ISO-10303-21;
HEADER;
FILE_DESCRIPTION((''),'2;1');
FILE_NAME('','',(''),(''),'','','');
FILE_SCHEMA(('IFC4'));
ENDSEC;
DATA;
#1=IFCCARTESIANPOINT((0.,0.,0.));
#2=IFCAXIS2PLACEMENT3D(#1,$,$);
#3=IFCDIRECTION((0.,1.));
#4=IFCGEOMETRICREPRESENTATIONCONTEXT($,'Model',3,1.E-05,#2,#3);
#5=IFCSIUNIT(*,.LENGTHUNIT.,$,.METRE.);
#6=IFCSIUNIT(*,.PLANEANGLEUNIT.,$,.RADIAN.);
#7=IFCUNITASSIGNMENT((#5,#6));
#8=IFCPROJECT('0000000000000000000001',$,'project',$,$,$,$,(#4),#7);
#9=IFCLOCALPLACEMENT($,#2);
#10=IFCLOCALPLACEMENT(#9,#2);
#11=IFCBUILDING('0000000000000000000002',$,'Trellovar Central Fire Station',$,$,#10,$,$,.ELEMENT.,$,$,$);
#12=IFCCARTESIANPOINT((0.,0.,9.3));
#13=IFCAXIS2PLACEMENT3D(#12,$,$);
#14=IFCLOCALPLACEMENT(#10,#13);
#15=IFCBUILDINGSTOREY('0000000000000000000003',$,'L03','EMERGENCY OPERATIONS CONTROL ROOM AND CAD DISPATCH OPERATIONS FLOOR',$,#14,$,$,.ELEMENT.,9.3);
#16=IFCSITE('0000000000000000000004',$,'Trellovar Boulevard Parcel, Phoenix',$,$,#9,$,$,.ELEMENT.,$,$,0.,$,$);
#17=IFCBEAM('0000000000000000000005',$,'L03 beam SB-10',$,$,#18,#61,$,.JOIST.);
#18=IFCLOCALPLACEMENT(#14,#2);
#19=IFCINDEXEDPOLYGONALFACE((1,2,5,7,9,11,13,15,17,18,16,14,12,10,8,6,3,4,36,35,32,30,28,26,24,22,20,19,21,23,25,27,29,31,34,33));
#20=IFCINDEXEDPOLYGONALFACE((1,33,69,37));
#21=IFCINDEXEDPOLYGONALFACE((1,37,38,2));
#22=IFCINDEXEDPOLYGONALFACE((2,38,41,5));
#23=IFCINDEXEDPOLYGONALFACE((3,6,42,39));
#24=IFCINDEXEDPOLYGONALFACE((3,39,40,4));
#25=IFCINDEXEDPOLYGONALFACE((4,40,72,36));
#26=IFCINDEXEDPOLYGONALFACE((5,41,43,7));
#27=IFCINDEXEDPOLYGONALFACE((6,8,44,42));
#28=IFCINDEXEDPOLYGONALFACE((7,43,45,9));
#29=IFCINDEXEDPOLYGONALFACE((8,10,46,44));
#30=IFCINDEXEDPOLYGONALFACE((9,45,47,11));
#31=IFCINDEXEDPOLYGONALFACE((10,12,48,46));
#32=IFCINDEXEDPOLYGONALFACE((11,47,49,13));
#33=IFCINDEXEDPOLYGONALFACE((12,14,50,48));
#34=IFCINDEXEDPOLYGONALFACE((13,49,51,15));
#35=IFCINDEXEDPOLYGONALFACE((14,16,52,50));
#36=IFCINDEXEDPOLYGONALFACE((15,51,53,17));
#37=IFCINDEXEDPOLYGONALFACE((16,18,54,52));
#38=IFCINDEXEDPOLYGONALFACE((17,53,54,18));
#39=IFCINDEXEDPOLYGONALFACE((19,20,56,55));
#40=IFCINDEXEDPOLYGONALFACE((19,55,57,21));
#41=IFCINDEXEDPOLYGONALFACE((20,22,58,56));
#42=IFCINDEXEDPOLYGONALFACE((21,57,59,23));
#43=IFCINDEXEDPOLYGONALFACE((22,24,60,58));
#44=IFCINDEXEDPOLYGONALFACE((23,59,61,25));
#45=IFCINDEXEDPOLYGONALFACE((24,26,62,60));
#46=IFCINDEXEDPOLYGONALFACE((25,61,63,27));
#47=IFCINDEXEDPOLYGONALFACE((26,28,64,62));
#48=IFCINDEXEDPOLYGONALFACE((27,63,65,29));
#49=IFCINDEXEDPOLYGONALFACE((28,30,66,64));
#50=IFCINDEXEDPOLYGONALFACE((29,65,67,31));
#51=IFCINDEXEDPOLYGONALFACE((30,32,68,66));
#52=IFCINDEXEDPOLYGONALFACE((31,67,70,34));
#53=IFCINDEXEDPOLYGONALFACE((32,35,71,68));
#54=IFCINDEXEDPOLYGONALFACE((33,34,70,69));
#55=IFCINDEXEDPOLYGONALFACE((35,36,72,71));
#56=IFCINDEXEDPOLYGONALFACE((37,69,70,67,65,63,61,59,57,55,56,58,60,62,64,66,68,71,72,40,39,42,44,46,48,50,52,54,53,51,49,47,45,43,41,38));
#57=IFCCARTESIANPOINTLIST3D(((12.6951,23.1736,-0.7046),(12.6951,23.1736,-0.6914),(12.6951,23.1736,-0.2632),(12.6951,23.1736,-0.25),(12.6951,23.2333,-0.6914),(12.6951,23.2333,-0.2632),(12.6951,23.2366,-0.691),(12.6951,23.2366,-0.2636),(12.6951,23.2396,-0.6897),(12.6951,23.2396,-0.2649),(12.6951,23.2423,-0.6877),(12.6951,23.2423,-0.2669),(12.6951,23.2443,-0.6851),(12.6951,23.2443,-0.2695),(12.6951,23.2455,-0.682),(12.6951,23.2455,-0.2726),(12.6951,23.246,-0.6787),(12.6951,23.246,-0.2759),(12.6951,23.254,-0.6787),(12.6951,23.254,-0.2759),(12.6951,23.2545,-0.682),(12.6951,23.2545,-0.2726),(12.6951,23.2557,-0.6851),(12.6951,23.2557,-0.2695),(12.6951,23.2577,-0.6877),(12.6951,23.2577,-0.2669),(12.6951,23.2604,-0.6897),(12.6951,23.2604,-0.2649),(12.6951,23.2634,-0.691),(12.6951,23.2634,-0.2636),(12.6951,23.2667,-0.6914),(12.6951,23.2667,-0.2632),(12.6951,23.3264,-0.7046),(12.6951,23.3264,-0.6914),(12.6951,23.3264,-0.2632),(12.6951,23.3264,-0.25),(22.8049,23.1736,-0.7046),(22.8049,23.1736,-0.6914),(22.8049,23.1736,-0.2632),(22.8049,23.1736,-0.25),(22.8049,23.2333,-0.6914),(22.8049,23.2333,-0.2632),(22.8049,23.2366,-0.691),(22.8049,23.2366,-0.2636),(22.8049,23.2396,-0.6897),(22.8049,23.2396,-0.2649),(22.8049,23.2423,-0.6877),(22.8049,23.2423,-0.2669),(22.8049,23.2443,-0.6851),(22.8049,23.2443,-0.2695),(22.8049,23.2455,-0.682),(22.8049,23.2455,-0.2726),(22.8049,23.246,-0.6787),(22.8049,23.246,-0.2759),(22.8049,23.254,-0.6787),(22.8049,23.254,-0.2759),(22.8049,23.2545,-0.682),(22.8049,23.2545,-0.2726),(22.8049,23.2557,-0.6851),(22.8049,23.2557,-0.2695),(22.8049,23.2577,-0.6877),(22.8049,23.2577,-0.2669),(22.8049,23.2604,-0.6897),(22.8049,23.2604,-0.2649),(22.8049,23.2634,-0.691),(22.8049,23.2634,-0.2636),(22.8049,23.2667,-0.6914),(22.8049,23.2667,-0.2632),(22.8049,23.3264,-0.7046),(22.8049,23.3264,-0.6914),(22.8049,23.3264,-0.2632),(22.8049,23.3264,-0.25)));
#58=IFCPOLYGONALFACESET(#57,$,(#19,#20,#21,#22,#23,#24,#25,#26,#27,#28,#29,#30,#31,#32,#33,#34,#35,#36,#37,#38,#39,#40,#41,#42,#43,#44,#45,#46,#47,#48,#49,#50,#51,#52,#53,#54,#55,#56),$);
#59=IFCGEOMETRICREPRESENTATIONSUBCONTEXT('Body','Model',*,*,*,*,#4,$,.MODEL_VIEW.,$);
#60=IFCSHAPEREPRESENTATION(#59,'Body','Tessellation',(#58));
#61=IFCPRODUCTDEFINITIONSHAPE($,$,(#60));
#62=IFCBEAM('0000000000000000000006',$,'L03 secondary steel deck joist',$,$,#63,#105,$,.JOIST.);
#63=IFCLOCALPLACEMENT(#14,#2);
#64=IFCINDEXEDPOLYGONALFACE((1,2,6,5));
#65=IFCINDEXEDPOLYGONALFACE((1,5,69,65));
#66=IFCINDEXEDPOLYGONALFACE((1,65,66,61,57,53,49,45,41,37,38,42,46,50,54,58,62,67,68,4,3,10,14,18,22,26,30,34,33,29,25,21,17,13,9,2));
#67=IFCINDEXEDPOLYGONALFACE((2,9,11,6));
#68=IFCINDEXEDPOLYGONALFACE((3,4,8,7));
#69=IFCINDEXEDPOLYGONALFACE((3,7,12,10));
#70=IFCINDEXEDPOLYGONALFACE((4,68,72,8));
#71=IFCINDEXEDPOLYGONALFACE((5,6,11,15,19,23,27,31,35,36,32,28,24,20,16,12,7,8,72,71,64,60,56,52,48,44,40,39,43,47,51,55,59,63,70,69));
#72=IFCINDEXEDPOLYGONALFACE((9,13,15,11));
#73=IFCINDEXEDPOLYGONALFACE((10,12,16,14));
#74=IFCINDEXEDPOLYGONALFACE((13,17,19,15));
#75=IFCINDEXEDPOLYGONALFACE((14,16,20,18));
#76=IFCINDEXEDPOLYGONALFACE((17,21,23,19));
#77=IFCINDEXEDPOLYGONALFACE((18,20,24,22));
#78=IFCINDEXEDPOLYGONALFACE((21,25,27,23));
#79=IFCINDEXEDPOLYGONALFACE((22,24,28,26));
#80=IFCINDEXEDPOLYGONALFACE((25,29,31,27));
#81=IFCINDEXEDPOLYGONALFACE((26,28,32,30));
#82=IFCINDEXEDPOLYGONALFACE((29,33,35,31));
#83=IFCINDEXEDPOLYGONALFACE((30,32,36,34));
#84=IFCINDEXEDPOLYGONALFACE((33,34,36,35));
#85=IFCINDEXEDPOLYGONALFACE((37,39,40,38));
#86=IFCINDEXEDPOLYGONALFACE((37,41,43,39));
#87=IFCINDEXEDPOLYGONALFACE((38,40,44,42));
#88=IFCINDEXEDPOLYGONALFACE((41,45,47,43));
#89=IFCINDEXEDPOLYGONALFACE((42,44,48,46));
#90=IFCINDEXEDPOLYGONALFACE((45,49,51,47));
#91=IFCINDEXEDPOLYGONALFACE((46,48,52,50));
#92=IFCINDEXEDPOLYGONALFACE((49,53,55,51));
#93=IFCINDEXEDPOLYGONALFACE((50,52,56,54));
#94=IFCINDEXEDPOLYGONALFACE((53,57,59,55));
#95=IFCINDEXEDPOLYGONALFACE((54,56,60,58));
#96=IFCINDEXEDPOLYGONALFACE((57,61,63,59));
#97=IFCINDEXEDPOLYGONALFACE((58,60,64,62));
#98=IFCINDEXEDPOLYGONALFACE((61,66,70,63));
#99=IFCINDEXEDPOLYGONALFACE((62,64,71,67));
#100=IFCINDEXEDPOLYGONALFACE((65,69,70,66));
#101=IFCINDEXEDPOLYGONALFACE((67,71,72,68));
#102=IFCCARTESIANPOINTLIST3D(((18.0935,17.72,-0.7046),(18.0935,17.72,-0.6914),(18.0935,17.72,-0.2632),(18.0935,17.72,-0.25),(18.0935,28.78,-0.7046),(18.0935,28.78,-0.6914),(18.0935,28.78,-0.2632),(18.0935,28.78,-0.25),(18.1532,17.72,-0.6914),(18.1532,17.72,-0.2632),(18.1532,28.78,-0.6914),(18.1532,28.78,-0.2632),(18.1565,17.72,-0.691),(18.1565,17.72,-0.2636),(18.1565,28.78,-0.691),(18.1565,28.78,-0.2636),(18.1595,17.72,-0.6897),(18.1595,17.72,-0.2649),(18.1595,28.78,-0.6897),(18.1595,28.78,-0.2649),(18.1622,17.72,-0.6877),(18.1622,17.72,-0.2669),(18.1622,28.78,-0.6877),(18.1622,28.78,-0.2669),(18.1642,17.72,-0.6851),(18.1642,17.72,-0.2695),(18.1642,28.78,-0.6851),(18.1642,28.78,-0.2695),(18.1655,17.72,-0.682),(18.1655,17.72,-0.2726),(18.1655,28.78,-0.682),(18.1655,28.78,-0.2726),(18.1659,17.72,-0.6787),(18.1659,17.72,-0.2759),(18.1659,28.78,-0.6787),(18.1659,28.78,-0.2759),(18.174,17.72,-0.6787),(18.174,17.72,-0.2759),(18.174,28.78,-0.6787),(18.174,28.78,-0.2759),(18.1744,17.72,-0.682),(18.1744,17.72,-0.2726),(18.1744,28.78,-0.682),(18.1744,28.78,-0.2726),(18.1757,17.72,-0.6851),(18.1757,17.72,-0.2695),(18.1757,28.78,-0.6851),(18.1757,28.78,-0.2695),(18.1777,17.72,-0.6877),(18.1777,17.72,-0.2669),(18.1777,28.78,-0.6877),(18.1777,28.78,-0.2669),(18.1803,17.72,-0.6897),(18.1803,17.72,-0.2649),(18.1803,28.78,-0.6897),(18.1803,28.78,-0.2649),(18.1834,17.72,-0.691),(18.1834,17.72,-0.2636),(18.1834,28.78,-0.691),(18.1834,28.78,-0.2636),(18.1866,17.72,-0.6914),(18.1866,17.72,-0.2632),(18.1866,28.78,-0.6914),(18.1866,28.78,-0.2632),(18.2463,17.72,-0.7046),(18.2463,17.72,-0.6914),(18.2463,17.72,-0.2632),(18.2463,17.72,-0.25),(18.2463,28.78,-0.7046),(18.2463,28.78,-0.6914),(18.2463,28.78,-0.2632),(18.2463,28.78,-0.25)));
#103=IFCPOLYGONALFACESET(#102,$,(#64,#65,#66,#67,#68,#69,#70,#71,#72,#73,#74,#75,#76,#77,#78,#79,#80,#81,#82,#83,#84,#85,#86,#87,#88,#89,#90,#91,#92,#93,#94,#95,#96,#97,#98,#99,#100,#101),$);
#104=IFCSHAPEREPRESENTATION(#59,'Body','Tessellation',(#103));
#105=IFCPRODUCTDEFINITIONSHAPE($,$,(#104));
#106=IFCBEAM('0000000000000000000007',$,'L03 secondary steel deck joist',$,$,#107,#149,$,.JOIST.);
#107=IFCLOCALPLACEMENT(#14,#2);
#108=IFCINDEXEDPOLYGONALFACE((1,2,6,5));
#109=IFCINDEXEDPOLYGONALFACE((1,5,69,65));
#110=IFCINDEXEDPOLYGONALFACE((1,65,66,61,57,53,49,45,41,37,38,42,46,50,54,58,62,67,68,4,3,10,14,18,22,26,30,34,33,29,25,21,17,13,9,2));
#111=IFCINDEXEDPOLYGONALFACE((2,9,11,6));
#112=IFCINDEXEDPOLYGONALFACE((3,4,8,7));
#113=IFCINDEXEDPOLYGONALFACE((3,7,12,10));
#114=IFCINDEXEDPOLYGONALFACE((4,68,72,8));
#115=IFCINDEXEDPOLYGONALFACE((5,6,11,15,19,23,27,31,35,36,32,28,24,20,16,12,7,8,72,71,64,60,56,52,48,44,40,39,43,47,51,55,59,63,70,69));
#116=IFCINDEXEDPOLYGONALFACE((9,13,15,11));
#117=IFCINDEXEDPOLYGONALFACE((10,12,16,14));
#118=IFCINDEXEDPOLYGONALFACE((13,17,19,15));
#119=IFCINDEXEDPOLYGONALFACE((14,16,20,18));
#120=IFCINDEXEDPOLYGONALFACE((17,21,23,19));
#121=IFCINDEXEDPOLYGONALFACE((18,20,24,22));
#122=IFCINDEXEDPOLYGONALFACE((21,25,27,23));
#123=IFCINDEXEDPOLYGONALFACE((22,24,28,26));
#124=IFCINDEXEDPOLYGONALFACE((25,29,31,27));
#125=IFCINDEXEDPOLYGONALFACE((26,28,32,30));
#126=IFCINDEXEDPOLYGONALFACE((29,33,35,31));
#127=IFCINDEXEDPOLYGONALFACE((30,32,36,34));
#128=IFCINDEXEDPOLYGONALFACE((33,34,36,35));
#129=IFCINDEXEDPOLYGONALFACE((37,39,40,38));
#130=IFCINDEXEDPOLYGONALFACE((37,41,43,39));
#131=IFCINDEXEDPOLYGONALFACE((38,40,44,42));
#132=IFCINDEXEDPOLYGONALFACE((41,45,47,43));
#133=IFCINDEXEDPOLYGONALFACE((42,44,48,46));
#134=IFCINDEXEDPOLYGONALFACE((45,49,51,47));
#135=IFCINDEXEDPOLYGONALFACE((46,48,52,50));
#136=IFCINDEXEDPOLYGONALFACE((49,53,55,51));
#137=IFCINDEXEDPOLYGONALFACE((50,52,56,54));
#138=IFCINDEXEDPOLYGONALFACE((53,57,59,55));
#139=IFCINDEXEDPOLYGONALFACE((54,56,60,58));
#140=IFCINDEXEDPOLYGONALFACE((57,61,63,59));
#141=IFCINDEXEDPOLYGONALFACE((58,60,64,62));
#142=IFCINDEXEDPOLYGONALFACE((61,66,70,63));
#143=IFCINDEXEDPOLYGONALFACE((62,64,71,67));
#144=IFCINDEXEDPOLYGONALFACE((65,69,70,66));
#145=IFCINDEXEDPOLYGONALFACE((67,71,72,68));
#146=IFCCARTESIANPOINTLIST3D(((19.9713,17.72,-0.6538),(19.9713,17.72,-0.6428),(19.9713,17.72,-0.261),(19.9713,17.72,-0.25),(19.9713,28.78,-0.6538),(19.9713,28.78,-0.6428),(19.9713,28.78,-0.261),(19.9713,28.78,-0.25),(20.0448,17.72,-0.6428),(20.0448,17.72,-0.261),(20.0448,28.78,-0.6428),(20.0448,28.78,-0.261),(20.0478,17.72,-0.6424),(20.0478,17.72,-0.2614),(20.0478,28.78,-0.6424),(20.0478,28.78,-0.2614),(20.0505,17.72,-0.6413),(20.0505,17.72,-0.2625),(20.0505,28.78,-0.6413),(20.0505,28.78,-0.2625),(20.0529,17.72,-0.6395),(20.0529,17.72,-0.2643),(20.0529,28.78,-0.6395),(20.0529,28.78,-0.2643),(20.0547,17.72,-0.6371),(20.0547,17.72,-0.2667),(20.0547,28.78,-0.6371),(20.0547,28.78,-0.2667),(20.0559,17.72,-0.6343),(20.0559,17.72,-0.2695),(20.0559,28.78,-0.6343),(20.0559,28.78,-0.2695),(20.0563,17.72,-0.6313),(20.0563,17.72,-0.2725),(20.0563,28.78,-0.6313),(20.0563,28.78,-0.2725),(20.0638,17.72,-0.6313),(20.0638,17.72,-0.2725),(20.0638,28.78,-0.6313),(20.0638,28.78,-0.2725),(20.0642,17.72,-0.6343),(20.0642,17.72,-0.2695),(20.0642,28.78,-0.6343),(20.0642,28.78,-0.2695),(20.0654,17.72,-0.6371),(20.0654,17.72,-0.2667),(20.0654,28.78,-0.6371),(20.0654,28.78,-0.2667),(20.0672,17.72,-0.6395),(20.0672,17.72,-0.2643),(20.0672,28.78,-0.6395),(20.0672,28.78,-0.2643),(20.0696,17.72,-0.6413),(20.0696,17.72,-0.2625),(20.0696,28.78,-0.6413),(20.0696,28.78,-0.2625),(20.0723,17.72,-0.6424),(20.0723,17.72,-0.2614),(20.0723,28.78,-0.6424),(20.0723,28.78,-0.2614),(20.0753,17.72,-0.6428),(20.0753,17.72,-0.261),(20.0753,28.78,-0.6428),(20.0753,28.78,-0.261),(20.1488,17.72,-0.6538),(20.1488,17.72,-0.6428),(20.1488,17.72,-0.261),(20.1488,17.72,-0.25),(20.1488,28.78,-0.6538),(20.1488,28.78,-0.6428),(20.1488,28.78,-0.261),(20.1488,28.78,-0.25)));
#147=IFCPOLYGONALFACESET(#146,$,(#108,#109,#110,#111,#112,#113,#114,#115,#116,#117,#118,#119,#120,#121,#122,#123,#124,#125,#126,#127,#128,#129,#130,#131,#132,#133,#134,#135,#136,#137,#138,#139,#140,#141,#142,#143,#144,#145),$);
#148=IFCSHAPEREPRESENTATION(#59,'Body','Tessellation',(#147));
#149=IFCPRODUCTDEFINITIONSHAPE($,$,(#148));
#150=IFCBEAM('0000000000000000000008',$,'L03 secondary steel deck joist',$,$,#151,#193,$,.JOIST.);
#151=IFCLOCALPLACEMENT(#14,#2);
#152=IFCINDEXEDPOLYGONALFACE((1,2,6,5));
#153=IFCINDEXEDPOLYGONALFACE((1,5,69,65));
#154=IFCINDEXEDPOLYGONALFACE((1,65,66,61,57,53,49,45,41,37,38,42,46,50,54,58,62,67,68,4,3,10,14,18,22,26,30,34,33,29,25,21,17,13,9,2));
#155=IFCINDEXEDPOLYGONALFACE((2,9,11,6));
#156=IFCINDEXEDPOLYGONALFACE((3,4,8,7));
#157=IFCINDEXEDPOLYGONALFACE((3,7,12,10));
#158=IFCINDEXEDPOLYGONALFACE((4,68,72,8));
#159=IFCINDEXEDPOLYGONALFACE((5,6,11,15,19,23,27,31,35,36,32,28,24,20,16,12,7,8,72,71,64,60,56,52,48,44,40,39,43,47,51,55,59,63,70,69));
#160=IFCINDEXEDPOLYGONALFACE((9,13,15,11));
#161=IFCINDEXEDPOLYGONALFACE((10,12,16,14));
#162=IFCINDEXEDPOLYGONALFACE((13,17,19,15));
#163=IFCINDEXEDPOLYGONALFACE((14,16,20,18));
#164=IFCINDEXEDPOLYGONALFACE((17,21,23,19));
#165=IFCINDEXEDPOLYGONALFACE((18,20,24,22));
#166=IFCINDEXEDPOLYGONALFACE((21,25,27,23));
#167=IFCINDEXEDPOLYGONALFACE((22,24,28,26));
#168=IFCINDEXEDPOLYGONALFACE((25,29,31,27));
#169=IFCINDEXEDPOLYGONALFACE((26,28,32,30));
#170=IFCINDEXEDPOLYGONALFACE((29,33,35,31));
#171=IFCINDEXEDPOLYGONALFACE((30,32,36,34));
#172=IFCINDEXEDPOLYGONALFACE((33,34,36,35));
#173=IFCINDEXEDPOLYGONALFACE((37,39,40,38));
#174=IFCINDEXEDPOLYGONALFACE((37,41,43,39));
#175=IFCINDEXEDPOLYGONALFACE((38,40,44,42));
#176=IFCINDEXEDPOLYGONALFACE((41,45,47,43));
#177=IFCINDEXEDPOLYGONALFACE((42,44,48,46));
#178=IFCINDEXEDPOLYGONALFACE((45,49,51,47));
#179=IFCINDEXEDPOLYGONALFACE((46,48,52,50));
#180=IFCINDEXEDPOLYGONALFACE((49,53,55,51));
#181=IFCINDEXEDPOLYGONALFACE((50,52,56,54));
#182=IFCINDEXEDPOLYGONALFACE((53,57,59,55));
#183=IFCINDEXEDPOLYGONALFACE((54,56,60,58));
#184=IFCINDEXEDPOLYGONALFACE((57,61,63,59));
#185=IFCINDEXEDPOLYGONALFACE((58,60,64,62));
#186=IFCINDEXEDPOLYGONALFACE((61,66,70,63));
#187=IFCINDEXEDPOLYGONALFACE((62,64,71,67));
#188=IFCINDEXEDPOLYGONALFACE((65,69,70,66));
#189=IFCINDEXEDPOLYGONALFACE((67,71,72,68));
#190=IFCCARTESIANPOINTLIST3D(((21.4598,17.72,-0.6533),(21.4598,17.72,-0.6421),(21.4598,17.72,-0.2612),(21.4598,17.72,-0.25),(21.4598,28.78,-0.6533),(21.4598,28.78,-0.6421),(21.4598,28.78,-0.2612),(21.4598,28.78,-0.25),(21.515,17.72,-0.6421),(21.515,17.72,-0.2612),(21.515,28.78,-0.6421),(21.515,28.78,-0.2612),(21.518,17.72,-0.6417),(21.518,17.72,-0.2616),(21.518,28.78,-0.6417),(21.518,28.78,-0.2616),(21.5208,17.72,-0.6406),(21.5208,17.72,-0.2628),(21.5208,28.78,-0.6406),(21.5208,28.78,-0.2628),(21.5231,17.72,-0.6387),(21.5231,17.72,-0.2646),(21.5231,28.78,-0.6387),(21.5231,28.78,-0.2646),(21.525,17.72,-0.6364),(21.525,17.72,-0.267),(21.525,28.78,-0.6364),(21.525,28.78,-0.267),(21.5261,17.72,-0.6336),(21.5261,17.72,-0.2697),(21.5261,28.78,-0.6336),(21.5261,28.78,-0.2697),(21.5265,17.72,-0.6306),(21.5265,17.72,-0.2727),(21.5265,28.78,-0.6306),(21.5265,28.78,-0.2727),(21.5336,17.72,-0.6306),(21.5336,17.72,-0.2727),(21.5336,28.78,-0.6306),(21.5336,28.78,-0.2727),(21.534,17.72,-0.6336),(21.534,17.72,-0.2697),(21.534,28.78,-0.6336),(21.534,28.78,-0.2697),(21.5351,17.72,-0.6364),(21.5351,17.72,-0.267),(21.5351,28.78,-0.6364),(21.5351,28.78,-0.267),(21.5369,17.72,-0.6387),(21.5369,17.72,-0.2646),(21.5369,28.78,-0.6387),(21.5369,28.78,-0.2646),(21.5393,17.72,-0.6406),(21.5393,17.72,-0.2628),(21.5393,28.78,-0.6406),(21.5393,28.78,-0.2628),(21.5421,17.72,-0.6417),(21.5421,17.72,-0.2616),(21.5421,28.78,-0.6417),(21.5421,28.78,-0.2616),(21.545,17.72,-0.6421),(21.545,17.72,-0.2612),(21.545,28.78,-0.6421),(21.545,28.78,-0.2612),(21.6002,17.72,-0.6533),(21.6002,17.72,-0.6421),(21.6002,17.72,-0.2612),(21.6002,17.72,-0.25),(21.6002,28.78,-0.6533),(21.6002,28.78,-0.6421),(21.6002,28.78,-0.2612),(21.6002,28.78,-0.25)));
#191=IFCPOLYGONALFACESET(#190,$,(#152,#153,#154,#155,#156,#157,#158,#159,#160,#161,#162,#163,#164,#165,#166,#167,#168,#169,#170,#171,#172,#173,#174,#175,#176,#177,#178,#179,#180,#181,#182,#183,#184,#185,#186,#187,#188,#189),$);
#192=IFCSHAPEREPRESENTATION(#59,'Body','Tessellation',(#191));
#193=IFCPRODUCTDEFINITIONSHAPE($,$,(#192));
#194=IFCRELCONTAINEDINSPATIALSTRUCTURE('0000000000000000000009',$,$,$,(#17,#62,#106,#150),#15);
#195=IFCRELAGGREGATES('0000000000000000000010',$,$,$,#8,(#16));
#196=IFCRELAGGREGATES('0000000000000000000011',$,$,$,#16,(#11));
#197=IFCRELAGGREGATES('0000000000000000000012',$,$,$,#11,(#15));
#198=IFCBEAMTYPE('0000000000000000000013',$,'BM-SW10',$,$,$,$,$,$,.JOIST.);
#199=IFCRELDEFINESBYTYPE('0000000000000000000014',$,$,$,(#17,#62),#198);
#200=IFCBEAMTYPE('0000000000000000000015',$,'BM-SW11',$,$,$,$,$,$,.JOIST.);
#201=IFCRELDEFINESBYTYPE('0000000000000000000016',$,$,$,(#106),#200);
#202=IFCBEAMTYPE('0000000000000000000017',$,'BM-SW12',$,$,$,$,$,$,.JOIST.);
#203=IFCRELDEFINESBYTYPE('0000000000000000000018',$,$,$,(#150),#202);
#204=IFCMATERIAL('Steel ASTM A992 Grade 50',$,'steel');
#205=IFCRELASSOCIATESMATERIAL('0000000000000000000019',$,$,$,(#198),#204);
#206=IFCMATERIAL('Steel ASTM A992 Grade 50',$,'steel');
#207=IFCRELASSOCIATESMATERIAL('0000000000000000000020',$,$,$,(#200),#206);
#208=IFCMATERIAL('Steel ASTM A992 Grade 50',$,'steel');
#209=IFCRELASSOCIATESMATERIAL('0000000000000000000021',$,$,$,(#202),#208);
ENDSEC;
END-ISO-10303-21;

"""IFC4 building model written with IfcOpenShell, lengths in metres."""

from ifc_helpers import new_model, si_unit, direction, frame, origin, origin_2d, place, context, subcontext, project, spatial, i_section, extrude, material, material_profile, profile_set, type_object, element, save


model = new_model("IFC4")

# Units and contexts
model_context = context("Model", 3, precision=1e-05, world=origin(), true_north=direction((0.0, 1.0)))
body_context = subcontext(model_context, "Body", "Model", "MODEL_VIEW")
ifc_project = project(units=[si_unit("LENGTHUNIT", "METRE"), si_unit("PLANEANGLEUNIT", "RADIAN")], contexts=[model_context])

# Site, building, storey
site_placement = place(None, origin())
site = spatial("IfcSite", under=ifc_project, at=site_placement, Name="Trellovar Boulevard Parcel, Phoenix", CompositionType="ELEMENT", RefElevation=0.0)
building_placement = place(site_placement, origin())
building = spatial("IfcBuilding", under=site, at=building_placement, Name="Trellovar Central Fire Station", CompositionType="ELEMENT")
storey_placement = place(building_placement, frame((0.0, 0.0, 9.3)))
storey = spatial("IfcBuildingStorey", under=building, at=storey_placement, Name="L03", Description="EMERGENCY OPERATIONS CONTROL ROOM AND CAD DISPATCH OPERATIONS FLOOR", CompositionType="ELEMENT", Elevation=9.3)

# Beams
ifc_material_1 = material(Name="Steel ASTM A992 Grade 50", Category="steel")
ifc_material_profile_1 = material_profile(ifc_material_1, i_section(OverallWidth=0.1528, OverallDepth=0.4546, WebThickness=0.0081, FlangeThickness=0.0132, FilletRadius=0.0127, at=origin_2d()), Name="W18X40")
ifc_profile_set_1 = profile_set([ifc_material_profile_1], Name="Steel ASTM A992 Grade 50")
beam_type_1 = type_object("IfcBeamType", Name="BM-SW10", PredefinedType="JOIST", material=ifc_profile_set_1)
for number, where, z_axis, x_axis, name in (
    (1, (12.6951, 23.25, -0.4773), (1.0, 0.0, 0.0), (0.0, 1.0, 0.0), "L03 beam SB-10"),
):
    element("IfcBeam", number, at=place(storey_placement, frame(where, z_axis=z_axis, x_axis=x_axis)), inside=storey, type_object=beam_type_1, Name=name, PredefinedType="JOIST", context=body_context, shape_type="SweptSolid", body=[
        extrude(i_section(OverallWidth=0.1528, OverallDepth=0.4546, WebThickness=0.0081, FlangeThickness=0.0132, FilletRadius=0.0127, at=origin_2d()), origin(), (0.0, 0.0, 1.0), 10.1099),
    ])
beam_1_placement = place(storey_placement, frame((18.1699, 17.72, -0.4773), z_axis=(0.0, 1.0, 0.0), x_axis=(-1.0, 0.0, 0.0)))
element("IfcBeam", 2, at=beam_1_placement, inside=storey, type_object=beam_type_1, Name="L03 secondary steel deck joist", PredefinedType="JOIST", context=body_context, shape_type="SweptSolid", body=[
    extrude(i_section(OverallWidth=0.1528, OverallDepth=0.4546, WebThickness=0.0081, FlangeThickness=0.0132, FilletRadius=0.0127, at=origin_2d()), origin(), (0.0, 0.0, 1.0), 11.0601),
])
ifc_material_2 = material(Name="Steel ASTM A992 Grade 50", Category="steel")
ifc_material_profile_2 = material_profile(ifc_material_2, i_section(OverallWidth=0.1775, OverallDepth=0.4038, WebThickness=0.0076, FlangeThickness=0.011, FilletRadius=0.0115, at=origin_2d()), Name="W16X36")
ifc_profile_set_2 = profile_set([ifc_material_profile_2], Name="Steel ASTM A992 Grade 50")
beam_type_2 = type_object("IfcBeamType", Name="BM-SW11", PredefinedType="JOIST", material=ifc_profile_set_2)
beam_2_placement = place(storey_placement, frame((20.0601, 17.72, -0.4519), z_axis=(0.0, 1.0, 0.0), x_axis=(-1.0, 0.0, 0.0)))
element("IfcBeam", 3, at=beam_2_placement, inside=storey, type_object=beam_type_2, Name="L03 secondary steel deck joist", PredefinedType="JOIST", context=body_context, shape_type="SweptSolid", body=[
    extrude(i_section(OverallWidth=0.1775, OverallDepth=0.4038, WebThickness=0.0076, FlangeThickness=0.011, FilletRadius=0.0115, at=origin_2d()), origin(), (0.0, 0.0, 1.0), 11.0601),
])
ifc_material_3 = material(Name="Steel ASTM A992 Grade 50", Category="steel")
ifc_material_profile_3 = material_profile(ifc_material_3, i_section(OverallWidth=0.1404, OverallDepth=0.4033, WebThickness=0.0071, FlangeThickness=0.0112, FilletRadius=0.0115, at=origin_2d()), Name="W16X31")
ifc_profile_set_3 = profile_set([ifc_material_profile_3], Name="Steel ASTM A992 Grade 50")
beam_type_3 = type_object("IfcBeamType", Name="BM-SW12", PredefinedType="JOIST", material=ifc_profile_set_3)
beam_3_placement = place(storey_placement, frame((21.53, 17.72, -0.4517), z_axis=(0.0, 1.0, 0.0), x_axis=(-1.0, 0.0, 0.0)))
element("IfcBeam", 4, at=beam_3_placement, inside=storey, type_object=beam_type_3, Name="L03 secondary steel deck joist", PredefinedType="JOIST", context=body_context, shape_type="SweptSolid", body=[
    extrude(i_section(OverallWidth=0.1404, OverallDepth=0.4033, WebThickness=0.0071, FlangeThickness=0.0112, FilletRadius=0.0115, at=origin_2d()), origin(), (0.0, 0.0, 1.0), 11.0601),
])

save(model, "model.ifc")
